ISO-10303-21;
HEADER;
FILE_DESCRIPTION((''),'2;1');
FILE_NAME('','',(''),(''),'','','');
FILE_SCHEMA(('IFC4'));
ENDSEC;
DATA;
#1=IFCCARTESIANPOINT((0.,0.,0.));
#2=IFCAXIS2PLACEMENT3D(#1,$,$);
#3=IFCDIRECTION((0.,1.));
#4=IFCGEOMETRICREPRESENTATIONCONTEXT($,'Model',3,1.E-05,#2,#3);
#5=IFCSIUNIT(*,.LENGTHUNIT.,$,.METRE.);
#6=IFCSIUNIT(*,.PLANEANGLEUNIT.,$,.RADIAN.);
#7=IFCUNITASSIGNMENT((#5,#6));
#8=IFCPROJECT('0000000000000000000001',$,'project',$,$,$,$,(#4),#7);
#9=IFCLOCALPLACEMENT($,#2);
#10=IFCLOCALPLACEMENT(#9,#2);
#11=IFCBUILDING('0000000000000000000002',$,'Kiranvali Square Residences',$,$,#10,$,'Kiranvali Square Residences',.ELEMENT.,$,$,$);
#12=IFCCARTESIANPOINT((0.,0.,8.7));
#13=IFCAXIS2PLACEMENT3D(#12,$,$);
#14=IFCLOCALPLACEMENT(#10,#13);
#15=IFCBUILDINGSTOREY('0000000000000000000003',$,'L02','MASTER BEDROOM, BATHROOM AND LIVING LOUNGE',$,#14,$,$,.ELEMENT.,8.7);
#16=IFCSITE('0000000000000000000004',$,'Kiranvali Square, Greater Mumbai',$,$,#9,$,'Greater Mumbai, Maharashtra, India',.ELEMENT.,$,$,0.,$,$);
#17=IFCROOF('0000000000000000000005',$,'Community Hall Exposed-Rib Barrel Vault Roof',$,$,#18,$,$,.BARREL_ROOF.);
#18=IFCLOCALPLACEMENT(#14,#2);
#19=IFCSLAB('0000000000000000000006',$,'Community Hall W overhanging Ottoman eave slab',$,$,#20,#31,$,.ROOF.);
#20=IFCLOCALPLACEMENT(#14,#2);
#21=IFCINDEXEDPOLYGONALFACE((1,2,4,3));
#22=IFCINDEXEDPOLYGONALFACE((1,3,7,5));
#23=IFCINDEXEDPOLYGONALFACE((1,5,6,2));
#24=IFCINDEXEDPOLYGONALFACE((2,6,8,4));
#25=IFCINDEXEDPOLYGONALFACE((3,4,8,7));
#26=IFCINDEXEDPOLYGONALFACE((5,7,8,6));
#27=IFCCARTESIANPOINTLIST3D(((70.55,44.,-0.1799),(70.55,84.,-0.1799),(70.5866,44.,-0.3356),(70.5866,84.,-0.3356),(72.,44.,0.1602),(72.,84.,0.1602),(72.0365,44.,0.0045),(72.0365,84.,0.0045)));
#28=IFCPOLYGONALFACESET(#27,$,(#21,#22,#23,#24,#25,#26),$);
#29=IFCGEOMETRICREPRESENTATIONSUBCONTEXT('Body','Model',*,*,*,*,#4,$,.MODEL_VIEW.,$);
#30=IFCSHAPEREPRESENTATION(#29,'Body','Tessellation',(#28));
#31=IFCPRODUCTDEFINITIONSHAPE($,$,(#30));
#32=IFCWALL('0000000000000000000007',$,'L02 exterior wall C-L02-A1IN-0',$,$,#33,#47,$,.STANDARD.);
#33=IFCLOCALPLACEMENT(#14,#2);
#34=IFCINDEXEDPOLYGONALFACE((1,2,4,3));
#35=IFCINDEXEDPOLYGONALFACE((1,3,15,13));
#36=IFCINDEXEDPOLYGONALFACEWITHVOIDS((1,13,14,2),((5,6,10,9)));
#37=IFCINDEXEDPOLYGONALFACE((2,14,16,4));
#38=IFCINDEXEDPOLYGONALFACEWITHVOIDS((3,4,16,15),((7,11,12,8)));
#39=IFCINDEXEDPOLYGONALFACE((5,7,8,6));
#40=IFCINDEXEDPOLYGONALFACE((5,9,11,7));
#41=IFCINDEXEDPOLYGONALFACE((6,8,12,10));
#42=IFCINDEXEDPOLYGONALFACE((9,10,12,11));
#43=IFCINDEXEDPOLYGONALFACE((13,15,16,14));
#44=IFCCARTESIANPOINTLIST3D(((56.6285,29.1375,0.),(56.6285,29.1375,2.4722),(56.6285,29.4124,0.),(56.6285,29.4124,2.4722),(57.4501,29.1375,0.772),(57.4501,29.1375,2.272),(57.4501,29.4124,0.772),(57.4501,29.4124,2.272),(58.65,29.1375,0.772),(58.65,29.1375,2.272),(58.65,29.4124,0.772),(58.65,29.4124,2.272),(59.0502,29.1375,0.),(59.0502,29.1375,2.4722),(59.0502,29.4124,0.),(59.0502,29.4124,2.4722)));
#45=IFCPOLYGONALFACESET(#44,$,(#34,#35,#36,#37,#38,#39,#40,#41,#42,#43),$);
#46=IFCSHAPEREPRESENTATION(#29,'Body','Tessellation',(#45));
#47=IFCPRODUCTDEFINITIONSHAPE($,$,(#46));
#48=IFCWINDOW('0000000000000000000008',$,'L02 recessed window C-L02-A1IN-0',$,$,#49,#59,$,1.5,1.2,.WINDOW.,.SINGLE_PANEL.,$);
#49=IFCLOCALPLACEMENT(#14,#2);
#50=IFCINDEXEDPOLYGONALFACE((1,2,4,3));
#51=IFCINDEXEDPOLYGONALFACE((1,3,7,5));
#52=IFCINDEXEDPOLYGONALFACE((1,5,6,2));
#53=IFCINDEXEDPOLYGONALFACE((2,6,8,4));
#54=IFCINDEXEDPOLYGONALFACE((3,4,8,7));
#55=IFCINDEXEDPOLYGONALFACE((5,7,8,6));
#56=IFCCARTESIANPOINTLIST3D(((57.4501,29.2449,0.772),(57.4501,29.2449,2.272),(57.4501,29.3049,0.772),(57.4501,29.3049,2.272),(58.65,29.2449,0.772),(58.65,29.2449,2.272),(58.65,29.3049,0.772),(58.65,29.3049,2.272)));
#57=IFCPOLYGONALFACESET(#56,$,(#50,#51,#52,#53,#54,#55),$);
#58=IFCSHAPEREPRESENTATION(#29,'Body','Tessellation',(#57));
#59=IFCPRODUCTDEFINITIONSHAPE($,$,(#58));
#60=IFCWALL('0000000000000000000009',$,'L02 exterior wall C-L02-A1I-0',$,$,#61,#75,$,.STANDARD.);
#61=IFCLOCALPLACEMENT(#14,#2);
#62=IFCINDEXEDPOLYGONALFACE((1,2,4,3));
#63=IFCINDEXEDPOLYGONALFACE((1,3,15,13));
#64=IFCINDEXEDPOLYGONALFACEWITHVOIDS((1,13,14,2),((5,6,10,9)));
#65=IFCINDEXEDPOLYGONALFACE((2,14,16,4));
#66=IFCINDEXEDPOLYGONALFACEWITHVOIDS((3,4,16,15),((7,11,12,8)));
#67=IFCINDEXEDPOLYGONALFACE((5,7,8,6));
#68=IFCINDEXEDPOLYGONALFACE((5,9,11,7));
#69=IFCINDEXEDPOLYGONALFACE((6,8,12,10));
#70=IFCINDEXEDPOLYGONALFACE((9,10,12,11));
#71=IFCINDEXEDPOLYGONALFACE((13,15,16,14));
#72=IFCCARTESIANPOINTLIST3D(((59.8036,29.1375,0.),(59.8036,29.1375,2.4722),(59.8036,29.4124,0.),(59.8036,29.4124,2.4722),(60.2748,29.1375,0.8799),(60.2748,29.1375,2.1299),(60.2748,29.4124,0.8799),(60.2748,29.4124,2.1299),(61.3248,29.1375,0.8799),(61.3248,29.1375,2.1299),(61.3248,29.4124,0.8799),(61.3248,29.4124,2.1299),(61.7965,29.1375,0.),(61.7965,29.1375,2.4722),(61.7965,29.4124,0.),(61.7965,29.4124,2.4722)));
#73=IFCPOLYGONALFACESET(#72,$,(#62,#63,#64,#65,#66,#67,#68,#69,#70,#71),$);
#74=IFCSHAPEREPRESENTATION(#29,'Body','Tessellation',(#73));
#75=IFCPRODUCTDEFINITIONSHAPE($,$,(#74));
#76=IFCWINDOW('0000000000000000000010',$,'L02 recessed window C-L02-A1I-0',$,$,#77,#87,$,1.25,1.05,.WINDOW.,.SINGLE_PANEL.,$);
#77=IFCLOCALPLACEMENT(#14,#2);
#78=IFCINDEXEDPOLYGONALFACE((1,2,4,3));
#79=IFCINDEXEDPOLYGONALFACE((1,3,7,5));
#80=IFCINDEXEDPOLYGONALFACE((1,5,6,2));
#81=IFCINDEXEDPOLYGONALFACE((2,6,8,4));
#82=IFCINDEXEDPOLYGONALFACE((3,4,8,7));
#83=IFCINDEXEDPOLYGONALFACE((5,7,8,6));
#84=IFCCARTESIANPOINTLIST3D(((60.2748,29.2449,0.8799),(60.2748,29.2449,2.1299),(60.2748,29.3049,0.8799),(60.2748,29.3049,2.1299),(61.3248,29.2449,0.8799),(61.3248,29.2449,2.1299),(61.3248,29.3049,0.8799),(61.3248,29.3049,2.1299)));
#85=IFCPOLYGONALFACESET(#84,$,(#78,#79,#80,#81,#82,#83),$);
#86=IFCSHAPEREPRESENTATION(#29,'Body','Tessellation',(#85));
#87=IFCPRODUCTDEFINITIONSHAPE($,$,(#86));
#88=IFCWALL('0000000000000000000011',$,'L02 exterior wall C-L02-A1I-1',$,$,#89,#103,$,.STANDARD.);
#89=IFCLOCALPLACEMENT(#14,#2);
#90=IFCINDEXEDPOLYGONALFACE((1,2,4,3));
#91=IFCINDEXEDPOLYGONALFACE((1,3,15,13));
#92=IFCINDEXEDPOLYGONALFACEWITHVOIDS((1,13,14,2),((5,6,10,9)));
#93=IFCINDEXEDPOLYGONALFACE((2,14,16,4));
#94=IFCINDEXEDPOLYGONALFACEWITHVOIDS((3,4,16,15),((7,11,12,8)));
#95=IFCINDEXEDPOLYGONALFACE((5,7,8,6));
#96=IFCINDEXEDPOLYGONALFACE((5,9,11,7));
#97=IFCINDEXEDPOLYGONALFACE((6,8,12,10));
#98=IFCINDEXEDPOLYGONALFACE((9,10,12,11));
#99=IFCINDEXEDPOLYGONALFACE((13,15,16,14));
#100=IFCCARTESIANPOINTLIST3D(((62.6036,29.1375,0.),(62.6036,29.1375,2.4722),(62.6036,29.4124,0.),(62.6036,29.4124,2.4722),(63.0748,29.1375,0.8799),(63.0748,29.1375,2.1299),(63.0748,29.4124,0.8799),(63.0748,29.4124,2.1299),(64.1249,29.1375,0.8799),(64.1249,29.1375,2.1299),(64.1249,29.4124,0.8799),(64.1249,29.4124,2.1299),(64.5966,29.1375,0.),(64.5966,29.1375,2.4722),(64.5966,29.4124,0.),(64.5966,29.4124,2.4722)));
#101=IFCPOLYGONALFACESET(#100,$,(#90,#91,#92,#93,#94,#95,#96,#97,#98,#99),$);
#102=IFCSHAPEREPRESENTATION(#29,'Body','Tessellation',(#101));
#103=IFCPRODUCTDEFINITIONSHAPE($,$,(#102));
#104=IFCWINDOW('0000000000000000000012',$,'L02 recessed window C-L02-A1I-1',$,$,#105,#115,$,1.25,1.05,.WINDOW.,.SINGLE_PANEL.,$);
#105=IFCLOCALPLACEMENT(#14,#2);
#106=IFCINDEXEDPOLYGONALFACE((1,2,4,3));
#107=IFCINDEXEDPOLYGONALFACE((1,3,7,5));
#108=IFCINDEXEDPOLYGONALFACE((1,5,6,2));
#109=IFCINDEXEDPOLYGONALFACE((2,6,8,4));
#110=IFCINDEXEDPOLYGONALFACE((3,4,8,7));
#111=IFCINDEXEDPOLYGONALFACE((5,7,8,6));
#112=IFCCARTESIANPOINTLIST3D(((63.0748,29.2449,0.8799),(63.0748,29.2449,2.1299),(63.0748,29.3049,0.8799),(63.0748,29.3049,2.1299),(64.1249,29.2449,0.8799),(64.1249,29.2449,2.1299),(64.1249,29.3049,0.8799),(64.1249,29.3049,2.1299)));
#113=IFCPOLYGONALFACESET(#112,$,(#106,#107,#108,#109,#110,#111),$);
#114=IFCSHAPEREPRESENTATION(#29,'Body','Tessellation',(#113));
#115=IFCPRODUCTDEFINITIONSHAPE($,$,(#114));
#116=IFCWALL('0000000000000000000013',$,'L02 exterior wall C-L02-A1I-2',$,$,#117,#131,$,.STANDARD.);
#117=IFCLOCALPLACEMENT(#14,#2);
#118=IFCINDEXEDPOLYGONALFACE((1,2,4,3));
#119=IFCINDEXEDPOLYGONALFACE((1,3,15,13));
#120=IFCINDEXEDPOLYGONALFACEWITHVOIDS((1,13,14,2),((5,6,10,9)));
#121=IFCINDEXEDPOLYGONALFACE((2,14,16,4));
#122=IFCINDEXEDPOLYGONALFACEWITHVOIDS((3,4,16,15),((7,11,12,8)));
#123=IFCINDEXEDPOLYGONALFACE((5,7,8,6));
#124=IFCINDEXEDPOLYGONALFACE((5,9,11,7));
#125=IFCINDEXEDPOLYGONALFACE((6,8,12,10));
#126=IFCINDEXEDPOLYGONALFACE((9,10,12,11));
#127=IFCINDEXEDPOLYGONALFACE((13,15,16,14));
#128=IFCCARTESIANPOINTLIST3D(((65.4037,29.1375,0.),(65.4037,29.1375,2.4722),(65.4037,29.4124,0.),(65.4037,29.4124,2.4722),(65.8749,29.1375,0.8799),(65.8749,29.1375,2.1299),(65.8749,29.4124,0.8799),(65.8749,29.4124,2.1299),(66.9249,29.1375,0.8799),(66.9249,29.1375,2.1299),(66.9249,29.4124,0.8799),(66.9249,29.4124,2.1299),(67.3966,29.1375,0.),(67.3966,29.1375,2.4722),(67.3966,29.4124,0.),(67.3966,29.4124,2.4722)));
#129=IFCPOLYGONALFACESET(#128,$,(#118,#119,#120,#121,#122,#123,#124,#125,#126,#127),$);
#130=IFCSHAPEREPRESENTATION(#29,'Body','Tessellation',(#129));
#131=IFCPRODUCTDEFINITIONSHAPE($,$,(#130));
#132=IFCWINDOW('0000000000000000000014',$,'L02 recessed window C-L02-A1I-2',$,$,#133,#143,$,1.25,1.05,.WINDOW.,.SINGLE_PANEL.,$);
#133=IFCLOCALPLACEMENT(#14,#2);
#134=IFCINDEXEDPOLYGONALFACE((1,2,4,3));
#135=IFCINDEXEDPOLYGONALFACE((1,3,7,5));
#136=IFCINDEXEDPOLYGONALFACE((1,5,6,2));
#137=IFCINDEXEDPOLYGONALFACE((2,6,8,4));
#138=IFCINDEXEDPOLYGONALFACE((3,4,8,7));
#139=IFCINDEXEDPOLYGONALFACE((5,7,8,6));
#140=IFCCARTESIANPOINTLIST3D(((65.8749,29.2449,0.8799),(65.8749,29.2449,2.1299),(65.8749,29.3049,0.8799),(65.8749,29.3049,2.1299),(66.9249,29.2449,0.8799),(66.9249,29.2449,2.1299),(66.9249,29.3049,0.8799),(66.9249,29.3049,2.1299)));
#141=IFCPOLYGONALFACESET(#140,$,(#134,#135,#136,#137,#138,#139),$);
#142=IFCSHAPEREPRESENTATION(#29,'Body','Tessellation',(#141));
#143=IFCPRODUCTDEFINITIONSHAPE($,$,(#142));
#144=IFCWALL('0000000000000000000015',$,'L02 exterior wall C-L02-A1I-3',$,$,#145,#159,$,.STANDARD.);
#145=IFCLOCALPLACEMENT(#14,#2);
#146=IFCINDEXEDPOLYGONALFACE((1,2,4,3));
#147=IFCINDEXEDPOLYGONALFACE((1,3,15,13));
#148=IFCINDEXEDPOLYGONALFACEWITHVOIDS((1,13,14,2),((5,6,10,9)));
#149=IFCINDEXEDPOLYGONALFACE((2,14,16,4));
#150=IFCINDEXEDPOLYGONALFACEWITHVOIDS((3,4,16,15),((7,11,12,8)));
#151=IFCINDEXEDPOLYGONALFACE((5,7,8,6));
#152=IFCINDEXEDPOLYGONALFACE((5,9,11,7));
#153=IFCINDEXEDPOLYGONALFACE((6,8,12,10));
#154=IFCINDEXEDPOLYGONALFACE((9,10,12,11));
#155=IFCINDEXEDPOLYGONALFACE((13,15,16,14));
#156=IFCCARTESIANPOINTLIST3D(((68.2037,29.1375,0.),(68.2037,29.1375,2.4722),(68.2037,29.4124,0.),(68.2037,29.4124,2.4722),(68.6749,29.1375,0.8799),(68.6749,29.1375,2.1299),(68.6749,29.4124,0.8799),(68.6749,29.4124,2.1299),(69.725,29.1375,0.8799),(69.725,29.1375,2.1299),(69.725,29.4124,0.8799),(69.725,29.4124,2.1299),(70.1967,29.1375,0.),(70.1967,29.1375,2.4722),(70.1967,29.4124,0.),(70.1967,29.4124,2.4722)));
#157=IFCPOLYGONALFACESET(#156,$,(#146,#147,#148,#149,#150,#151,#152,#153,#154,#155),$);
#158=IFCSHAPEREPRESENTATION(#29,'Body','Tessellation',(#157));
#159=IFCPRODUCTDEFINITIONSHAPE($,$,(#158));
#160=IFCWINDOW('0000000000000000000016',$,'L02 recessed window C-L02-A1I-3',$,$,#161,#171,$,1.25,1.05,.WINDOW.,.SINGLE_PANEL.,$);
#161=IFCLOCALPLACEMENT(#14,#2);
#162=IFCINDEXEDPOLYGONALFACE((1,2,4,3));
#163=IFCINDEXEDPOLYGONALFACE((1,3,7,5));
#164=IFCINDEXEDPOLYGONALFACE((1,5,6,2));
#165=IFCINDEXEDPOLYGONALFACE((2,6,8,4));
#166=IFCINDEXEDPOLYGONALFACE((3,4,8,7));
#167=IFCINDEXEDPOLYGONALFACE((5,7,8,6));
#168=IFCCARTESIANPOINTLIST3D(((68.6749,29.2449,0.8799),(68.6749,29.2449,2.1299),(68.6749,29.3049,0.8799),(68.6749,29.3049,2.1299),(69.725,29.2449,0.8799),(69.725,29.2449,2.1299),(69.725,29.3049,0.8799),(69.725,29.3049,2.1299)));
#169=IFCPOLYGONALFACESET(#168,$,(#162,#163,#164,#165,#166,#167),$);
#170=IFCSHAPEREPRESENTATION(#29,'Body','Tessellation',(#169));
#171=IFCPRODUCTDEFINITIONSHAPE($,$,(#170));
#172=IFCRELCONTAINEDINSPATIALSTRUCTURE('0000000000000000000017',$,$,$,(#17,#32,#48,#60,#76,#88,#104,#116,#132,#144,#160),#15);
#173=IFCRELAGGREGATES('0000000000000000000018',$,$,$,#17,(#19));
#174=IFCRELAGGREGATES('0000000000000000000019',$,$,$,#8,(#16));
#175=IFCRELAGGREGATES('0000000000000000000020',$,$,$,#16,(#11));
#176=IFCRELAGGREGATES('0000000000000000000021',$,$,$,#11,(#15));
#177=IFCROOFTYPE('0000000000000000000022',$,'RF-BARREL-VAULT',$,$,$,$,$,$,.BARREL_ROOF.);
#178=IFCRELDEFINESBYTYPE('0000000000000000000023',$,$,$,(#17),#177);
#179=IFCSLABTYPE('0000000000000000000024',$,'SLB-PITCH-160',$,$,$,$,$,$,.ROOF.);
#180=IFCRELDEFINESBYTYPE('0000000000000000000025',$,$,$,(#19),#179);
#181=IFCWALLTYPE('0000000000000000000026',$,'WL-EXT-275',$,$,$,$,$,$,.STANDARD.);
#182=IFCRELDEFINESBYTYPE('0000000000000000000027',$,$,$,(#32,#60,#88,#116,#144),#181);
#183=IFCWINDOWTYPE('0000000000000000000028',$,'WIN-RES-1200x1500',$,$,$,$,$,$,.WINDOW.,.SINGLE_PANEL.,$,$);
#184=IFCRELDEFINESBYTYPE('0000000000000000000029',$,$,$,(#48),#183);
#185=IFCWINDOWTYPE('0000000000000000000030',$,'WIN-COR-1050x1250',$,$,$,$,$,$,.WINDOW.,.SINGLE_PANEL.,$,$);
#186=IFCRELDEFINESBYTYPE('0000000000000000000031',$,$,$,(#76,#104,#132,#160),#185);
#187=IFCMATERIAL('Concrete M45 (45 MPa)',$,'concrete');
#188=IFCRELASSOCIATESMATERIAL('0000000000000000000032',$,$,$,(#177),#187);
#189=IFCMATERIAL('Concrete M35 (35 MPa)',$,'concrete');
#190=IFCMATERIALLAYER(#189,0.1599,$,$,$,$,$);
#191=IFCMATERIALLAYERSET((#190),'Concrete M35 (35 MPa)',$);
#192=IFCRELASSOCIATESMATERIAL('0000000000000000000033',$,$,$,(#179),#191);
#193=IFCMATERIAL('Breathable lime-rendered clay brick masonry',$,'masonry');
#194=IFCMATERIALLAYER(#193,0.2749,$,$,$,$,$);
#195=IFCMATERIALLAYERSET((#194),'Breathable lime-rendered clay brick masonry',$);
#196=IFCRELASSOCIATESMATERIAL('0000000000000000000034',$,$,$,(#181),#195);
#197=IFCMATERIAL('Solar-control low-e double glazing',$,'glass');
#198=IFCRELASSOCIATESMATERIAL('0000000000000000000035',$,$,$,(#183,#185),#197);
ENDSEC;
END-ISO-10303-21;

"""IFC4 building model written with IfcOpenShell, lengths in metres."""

from ifc_helpers import new_model, si_unit, direction, frame, frame_2d, origin, place, context, subcontext, project, spatial, polyline, rectangle, outline, extrude, material, layer, layer_set, type_object, element, fill, aggregate, save


model = new_model("IFC4")

# Units and contexts
model_context = context("Model", 3, precision=1e-05, world=origin(), true_north=direction((0.0, 1.0)))
body_context = subcontext(model_context, "Body", "Model", "MODEL_VIEW")
ifc_project = project(units=[si_unit("LENGTHUNIT", "METRE"), si_unit("PLANEANGLEUNIT", "RADIAN")], contexts=[model_context])

# Site, building, storey
site_placement = place(None, origin())
site = spatial("IfcSite", under=ifc_project, at=site_placement, Name="Kiranvali Square, Greater Mumbai", LongName="Greater Mumbai, Maharashtra, India", CompositionType="ELEMENT", RefElevation=0.0)
building_placement = place(site_placement, origin())
building = spatial("IfcBuilding", under=site, at=building_placement, Name="Kiranvali Square Residences", LongName="Kiranvali Square Residences", CompositionType="ELEMENT")
storey_placement = place(building_placement, frame((0.0, 0.0, 8.7)))
storey = spatial("IfcBuildingStorey", under=building, at=storey_placement, Name="L02", Description="MASTER BEDROOM, BATHROOM AND LIVING LOUNGE", CompositionType="ELEMENT", Elevation=8.7)

# Shared definitions
ifc_material_1 = material(Name="Concrete M45 (45 MPa)", Category="concrete")

# Roof, slab
roof_type = type_object("IfcRoofType", Name="RF-BARREL-VAULT", PredefinedType="BARREL_ROOF", material=ifc_material_1)
roof_placement = place(storey_placement, origin())
roof = element("IfcRoof", 1, at=roof_placement, inside=storey, type_object=roof_type, Name="Community Hall Exposed-Rib Barrel Vault Roof", PredefinedType="BARREL_ROOF")
ifc_material_2 = material(Name="Concrete M35 (35 MPa)", Category="concrete")
ifc_layer_1 = layer(ifc_material_2, 0.1599)
ifc_layer_set_1 = layer_set([ifc_layer_1], Name="Concrete M35 (35 MPa)")
slab_type = type_object("IfcSlabType", Name="SLB-PITCH-160", PredefinedType="ROOF", material=ifc_layer_set_1)
slab_placement = place(storey_placement, frame((72.0, 44.0, 0.1602), z_axis=(-0.228354, 0.0, 0.973578), x_axis=(0.0, 1.0, 0.0)))
slab = element("IfcSlab", 2, at=slab_placement, type_object=slab_type, Name="Community Hall W overhanging Ottoman eave slab", PredefinedType="ROOF", context=body_context, shape_type="SweptSolid", body=[
    extrude(outline(polyline([(0.0, 0.0), (40.0, 0.0), (40.0, 1.4893), (0.0, 1.4893), (0.0, 0.0)])), origin(), (0.0, 0.0, -1.0), 0.1599),
])
aggregate(roof, [slab])

# Walls, openings, windows
ifc_material_3 = material(Name="Breathable lime-rendered clay brick masonry", Category="masonry")
ifc_layer_2 = layer(ifc_material_3, 0.2749)
ifc_layer_set_2 = layer_set([ifc_layer_2], Name="Breathable lime-rendered clay brick masonry")
wall_type_1 = type_object("IfcWallType", Name="WL-EXT-275", PredefinedType="STANDARD", material=ifc_layer_set_2)
wall_1_placement = place(storey_placement, frame((56.6284, 29.2749, 0.0), z_axis=(0.0, 0.0, 1.0), x_axis=(1.0, 0.0, 0.0)))
wall_1 = element("IfcWall", 3, at=wall_1_placement, inside=storey, type_object=wall_type_1, Name="L02 exterior wall C-L02-A1IN-0", PredefinedType="STANDARD", context=body_context, shape_type="SweptSolid", body=[
    extrude(rectangle(XDim=2.4216, YDim=0.2749, at=frame_2d((1.2109, 0.0))), origin(), (0.0, 0.0, 1.0), 2.4722),
])
opening_1_placement = place(wall_1_placement, frame((0.8215, 0.0, 0.772)))
opening_1 = element("IfcOpeningElement", 4, at=opening_1_placement, cuts=wall_1, PredefinedType="OPENING", context=body_context, shape_type="SweptSolid", body=[
    extrude(rectangle(XDim=1.2, YDim=1.5, at=frame_2d((0.6001, 0.75))), frame((0.0, 0.1475, 0.0), z_axis=(0.0, -1.0, 0.0), x_axis=(1.0, 0.0, 0.0)), (0.0, 0.0, 1.0), 0.2949),
])
ifc_material_4 = material(Name="Solar-control low-e double glazing", Category="glass")
window_type_1 = type_object("IfcWindowType", Name="WIN-RES-1200x1500", PartitioningType="SINGLE_PANEL", PredefinedType="WINDOW", material=ifc_material_4)
window_1_placement = place(opening_1_placement, origin())
window_1 = element("IfcWindow", 5, at=window_1_placement, inside=storey, type_object=window_type_1, Name="L02 recessed window C-L02-A1IN-0", OverallHeight=1.5, OverallWidth=1.2, PartitioningType="SINGLE_PANEL", PredefinedType="WINDOW", context=body_context, shape_type="SweptSolid", body=[
    extrude(rectangle(XDim=1.2, YDim=1.5, at=frame_2d((0.6001, 0.75))), frame((0.0, 0.03, 0.0), z_axis=(0.0, -1.0, 0.0), x_axis=(1.0, 0.0, 0.0)), (0.0, 0.0, 1.0), 0.0601),
])
fill(opening_1, window_1)
wall_2_placement = place(storey_placement, frame((59.8035, 29.2749, 0.0), z_axis=(0.0, 0.0, 1.0), x_axis=(1.0, 0.0, 0.0)))
wall_2 = element("IfcWall", 6, at=wall_2_placement, inside=storey, type_object=wall_type_1, Name="L02 exterior wall C-L02-A1I-0", PredefinedType="STANDARD", context=body_context, shape_type="SweptSolid", body=[
    extrude(rectangle(XDim=1.9929, YDim=0.2749, at=frame_2d((0.9966, 0.0))), origin(), (0.0, 0.0, 1.0), 2.4722),
])
opening_2_placement = place(wall_2_placement, frame((0.4714, 0.0, 0.8799)))
opening_2 = element("IfcOpeningElement", 7, at=opening_2_placement, cuts=wall_2, PredefinedType="OPENING", context=body_context, shape_type="SweptSolid", body=[
    extrude(rectangle(XDim=1.05, YDim=1.25, at=frame_2d((0.5249, 0.625))), frame((0.0, 0.1475, 0.0), z_axis=(0.0, -1.0, 0.0), x_axis=(1.0, 0.0, 0.0)), (0.0, 0.0, 1.0), 0.2949),
])
window_type_2 = type_object("IfcWindowType", Name="WIN-COR-1050x1250", PartitioningType="SINGLE_PANEL", PredefinedType="WINDOW", material=ifc_material_4)
window_2_placement = place(opening_2_placement, origin())
window_2 = element("IfcWindow", 8, at=window_2_placement, inside=storey, type_object=window_type_2, Name="L02 recessed window C-L02-A1I-0", OverallHeight=1.25, OverallWidth=1.05, PartitioningType="SINGLE_PANEL", PredefinedType="WINDOW", context=body_context, shape_type="SweptSolid", body=[
    extrude(rectangle(XDim=1.05, YDim=1.25, at=frame_2d((0.5249, 0.625))), frame((0.0, 0.03, 0.0), z_axis=(0.0, -1.0, 0.0), x_axis=(1.0, 0.0, 0.0)), (0.0, 0.0, 1.0), 0.0601),
])
fill(opening_2, window_2)
wall_3_placement = place(storey_placement, frame((62.6035, 29.2749, 0.0), z_axis=(0.0, 0.0, 1.0), x_axis=(1.0, 0.0, 0.0)))
wall_3 = element("IfcWall", 9, at=wall_3_placement, inside=storey, type_object=wall_type_1, Name="L02 exterior wall C-L02-A1I-1", PredefinedType="STANDARD", context=body_context, shape_type="SweptSolid", body=[
    extrude(rectangle(XDim=1.9929, YDim=0.2749, at=frame_2d((0.9966, 0.0))), origin(), (0.0, 0.0, 1.0), 2.4722),
])
opening_3_placement = place(wall_3_placement, frame((0.4714, 0.0, 0.8799)))
opening_3 = element("IfcOpeningElement", 10, at=opening_3_placement, cuts=wall_3, PredefinedType="OPENING", context=body_context, shape_type="SweptSolid", body=[
    extrude(rectangle(XDim=1.05, YDim=1.25, at=frame_2d((0.5249, 0.625))), frame((0.0, 0.1475, 0.0), z_axis=(0.0, -1.0, 0.0), x_axis=(1.0, 0.0, 0.0)), (0.0, 0.0, 1.0), 0.2949),
])
window_3_placement = place(opening_3_placement, origin())
window_3 = element("IfcWindow", 11, at=window_3_placement, inside=storey, type_object=window_type_2, Name="L02 recessed window C-L02-A1I-1", OverallHeight=1.25, OverallWidth=1.05, PartitioningType="SINGLE_PANEL", PredefinedType="WINDOW", context=body_context, shape_type="SweptSolid", body=[
    extrude(rectangle(XDim=1.05, YDim=1.25, at=frame_2d((0.5249, 0.625))), frame((0.0, 0.03, 0.0), z_axis=(0.0, -1.0, 0.0), x_axis=(1.0, 0.0, 0.0)), (0.0, 0.0, 1.0), 0.0601),
])
fill(opening_3, window_3)
wall_4_placement = place(storey_placement, frame((65.4036, 29.2749, 0.0), z_axis=(0.0, 0.0, 1.0), x_axis=(1.0, 0.0, 0.0)))
wall_4 = element("IfcWall", 12, at=wall_4_placement, inside=storey, type_object=wall_type_1, Name="L02 exterior wall C-L02-A1I-2", PredefinedType="STANDARD", context=body_context, shape_type="SweptSolid", body=[
    extrude(rectangle(XDim=1.9929, YDim=0.2749, at=frame_2d((0.9966, 0.0))), origin(), (0.0, 0.0, 1.0), 2.4722),
])
opening_4_placement = place(wall_4_placement, frame((0.4714, 0.0, 0.8799)))
opening_4 = element("IfcOpeningElement", 13, at=opening_4_placement, cuts=wall_4, PredefinedType="OPENING", context=body_context, shape_type="SweptSolid", body=[
    extrude(rectangle(XDim=1.05, YDim=1.25, at=frame_2d((0.5249, 0.625))), frame((0.0, 0.1475, 0.0), z_axis=(0.0, -1.0, 0.0), x_axis=(1.0, 0.0, 0.0)), (0.0, 0.0, 1.0), 0.2949),
])
window_4_placement = place(opening_4_placement, origin())
window_4 = element("IfcWindow", 14, at=window_4_placement, inside=storey, type_object=window_type_2, Name="L02 recessed window C-L02-A1I-2", OverallHeight=1.25, OverallWidth=1.05, PartitioningType="SINGLE_PANEL", PredefinedType="WINDOW", context=body_context, shape_type="SweptSolid", body=[
    extrude(rectangle(XDim=1.05, YDim=1.25, at=frame_2d((0.5249, 0.625))), frame((0.0, 0.03, 0.0), z_axis=(0.0, -1.0, 0.0), x_axis=(1.0, 0.0, 0.0)), (0.0, 0.0, 1.0), 0.0601),
])
fill(opening_4, window_4)
wall_5_placement = place(storey_placement, frame((68.2036, 29.2749, 0.0), z_axis=(0.0, 0.0, 1.0), x_axis=(1.0, 0.0, 0.0)))
wall_5 = element("IfcWall", 15, at=wall_5_placement, inside=storey, type_object=wall_type_1, Name="L02 exterior wall C-L02-A1I-3", PredefinedType="STANDARD", context=body_context, shape_type="SweptSolid", body=[
    extrude(rectangle(XDim=1.9929, YDim=0.2749, at=frame_2d((0.9966, 0.0))), origin(), (0.0, 0.0, 1.0), 2.4722),
])
opening_5_placement = place(wall_5_placement, frame((0.4714, 0.0, 0.8799)))
opening_5 = element("IfcOpeningElement", 16, at=opening_5_placement, cuts=wall_5, PredefinedType="OPENING", context=body_context, shape_type="SweptSolid", body=[
    extrude(rectangle(XDim=1.05, YDim=1.25, at=frame_2d((0.5249, 0.625))), frame((0.0, 0.1475, 0.0), z_axis=(0.0, -1.0, 0.0), x_axis=(1.0, 0.0, 0.0)), (0.0, 0.0, 1.0), 0.2949),
])
window_5_placement = place(opening_5_placement, origin())
window_5 = element("IfcWindow", 17, at=window_5_placement, inside=storey, type_object=window_type_2, Name="L02 recessed window C-L02-A1I-3", OverallHeight=1.25, OverallWidth=1.05, PartitioningType="SINGLE_PANEL", PredefinedType="WINDOW", context=body_context, shape_type="SweptSolid", body=[
    extrude(rectangle(XDim=1.05, YDim=1.25, at=frame_2d((0.5249, 0.625))), frame((0.0, 0.03, 0.0), z_axis=(0.0, -1.0, 0.0), x_axis=(1.0, 0.0, 0.0)), (0.0, 0.0, 1.0), 0.0601),
])
fill(opening_5, window_5)

save(model, "model.ifc")
